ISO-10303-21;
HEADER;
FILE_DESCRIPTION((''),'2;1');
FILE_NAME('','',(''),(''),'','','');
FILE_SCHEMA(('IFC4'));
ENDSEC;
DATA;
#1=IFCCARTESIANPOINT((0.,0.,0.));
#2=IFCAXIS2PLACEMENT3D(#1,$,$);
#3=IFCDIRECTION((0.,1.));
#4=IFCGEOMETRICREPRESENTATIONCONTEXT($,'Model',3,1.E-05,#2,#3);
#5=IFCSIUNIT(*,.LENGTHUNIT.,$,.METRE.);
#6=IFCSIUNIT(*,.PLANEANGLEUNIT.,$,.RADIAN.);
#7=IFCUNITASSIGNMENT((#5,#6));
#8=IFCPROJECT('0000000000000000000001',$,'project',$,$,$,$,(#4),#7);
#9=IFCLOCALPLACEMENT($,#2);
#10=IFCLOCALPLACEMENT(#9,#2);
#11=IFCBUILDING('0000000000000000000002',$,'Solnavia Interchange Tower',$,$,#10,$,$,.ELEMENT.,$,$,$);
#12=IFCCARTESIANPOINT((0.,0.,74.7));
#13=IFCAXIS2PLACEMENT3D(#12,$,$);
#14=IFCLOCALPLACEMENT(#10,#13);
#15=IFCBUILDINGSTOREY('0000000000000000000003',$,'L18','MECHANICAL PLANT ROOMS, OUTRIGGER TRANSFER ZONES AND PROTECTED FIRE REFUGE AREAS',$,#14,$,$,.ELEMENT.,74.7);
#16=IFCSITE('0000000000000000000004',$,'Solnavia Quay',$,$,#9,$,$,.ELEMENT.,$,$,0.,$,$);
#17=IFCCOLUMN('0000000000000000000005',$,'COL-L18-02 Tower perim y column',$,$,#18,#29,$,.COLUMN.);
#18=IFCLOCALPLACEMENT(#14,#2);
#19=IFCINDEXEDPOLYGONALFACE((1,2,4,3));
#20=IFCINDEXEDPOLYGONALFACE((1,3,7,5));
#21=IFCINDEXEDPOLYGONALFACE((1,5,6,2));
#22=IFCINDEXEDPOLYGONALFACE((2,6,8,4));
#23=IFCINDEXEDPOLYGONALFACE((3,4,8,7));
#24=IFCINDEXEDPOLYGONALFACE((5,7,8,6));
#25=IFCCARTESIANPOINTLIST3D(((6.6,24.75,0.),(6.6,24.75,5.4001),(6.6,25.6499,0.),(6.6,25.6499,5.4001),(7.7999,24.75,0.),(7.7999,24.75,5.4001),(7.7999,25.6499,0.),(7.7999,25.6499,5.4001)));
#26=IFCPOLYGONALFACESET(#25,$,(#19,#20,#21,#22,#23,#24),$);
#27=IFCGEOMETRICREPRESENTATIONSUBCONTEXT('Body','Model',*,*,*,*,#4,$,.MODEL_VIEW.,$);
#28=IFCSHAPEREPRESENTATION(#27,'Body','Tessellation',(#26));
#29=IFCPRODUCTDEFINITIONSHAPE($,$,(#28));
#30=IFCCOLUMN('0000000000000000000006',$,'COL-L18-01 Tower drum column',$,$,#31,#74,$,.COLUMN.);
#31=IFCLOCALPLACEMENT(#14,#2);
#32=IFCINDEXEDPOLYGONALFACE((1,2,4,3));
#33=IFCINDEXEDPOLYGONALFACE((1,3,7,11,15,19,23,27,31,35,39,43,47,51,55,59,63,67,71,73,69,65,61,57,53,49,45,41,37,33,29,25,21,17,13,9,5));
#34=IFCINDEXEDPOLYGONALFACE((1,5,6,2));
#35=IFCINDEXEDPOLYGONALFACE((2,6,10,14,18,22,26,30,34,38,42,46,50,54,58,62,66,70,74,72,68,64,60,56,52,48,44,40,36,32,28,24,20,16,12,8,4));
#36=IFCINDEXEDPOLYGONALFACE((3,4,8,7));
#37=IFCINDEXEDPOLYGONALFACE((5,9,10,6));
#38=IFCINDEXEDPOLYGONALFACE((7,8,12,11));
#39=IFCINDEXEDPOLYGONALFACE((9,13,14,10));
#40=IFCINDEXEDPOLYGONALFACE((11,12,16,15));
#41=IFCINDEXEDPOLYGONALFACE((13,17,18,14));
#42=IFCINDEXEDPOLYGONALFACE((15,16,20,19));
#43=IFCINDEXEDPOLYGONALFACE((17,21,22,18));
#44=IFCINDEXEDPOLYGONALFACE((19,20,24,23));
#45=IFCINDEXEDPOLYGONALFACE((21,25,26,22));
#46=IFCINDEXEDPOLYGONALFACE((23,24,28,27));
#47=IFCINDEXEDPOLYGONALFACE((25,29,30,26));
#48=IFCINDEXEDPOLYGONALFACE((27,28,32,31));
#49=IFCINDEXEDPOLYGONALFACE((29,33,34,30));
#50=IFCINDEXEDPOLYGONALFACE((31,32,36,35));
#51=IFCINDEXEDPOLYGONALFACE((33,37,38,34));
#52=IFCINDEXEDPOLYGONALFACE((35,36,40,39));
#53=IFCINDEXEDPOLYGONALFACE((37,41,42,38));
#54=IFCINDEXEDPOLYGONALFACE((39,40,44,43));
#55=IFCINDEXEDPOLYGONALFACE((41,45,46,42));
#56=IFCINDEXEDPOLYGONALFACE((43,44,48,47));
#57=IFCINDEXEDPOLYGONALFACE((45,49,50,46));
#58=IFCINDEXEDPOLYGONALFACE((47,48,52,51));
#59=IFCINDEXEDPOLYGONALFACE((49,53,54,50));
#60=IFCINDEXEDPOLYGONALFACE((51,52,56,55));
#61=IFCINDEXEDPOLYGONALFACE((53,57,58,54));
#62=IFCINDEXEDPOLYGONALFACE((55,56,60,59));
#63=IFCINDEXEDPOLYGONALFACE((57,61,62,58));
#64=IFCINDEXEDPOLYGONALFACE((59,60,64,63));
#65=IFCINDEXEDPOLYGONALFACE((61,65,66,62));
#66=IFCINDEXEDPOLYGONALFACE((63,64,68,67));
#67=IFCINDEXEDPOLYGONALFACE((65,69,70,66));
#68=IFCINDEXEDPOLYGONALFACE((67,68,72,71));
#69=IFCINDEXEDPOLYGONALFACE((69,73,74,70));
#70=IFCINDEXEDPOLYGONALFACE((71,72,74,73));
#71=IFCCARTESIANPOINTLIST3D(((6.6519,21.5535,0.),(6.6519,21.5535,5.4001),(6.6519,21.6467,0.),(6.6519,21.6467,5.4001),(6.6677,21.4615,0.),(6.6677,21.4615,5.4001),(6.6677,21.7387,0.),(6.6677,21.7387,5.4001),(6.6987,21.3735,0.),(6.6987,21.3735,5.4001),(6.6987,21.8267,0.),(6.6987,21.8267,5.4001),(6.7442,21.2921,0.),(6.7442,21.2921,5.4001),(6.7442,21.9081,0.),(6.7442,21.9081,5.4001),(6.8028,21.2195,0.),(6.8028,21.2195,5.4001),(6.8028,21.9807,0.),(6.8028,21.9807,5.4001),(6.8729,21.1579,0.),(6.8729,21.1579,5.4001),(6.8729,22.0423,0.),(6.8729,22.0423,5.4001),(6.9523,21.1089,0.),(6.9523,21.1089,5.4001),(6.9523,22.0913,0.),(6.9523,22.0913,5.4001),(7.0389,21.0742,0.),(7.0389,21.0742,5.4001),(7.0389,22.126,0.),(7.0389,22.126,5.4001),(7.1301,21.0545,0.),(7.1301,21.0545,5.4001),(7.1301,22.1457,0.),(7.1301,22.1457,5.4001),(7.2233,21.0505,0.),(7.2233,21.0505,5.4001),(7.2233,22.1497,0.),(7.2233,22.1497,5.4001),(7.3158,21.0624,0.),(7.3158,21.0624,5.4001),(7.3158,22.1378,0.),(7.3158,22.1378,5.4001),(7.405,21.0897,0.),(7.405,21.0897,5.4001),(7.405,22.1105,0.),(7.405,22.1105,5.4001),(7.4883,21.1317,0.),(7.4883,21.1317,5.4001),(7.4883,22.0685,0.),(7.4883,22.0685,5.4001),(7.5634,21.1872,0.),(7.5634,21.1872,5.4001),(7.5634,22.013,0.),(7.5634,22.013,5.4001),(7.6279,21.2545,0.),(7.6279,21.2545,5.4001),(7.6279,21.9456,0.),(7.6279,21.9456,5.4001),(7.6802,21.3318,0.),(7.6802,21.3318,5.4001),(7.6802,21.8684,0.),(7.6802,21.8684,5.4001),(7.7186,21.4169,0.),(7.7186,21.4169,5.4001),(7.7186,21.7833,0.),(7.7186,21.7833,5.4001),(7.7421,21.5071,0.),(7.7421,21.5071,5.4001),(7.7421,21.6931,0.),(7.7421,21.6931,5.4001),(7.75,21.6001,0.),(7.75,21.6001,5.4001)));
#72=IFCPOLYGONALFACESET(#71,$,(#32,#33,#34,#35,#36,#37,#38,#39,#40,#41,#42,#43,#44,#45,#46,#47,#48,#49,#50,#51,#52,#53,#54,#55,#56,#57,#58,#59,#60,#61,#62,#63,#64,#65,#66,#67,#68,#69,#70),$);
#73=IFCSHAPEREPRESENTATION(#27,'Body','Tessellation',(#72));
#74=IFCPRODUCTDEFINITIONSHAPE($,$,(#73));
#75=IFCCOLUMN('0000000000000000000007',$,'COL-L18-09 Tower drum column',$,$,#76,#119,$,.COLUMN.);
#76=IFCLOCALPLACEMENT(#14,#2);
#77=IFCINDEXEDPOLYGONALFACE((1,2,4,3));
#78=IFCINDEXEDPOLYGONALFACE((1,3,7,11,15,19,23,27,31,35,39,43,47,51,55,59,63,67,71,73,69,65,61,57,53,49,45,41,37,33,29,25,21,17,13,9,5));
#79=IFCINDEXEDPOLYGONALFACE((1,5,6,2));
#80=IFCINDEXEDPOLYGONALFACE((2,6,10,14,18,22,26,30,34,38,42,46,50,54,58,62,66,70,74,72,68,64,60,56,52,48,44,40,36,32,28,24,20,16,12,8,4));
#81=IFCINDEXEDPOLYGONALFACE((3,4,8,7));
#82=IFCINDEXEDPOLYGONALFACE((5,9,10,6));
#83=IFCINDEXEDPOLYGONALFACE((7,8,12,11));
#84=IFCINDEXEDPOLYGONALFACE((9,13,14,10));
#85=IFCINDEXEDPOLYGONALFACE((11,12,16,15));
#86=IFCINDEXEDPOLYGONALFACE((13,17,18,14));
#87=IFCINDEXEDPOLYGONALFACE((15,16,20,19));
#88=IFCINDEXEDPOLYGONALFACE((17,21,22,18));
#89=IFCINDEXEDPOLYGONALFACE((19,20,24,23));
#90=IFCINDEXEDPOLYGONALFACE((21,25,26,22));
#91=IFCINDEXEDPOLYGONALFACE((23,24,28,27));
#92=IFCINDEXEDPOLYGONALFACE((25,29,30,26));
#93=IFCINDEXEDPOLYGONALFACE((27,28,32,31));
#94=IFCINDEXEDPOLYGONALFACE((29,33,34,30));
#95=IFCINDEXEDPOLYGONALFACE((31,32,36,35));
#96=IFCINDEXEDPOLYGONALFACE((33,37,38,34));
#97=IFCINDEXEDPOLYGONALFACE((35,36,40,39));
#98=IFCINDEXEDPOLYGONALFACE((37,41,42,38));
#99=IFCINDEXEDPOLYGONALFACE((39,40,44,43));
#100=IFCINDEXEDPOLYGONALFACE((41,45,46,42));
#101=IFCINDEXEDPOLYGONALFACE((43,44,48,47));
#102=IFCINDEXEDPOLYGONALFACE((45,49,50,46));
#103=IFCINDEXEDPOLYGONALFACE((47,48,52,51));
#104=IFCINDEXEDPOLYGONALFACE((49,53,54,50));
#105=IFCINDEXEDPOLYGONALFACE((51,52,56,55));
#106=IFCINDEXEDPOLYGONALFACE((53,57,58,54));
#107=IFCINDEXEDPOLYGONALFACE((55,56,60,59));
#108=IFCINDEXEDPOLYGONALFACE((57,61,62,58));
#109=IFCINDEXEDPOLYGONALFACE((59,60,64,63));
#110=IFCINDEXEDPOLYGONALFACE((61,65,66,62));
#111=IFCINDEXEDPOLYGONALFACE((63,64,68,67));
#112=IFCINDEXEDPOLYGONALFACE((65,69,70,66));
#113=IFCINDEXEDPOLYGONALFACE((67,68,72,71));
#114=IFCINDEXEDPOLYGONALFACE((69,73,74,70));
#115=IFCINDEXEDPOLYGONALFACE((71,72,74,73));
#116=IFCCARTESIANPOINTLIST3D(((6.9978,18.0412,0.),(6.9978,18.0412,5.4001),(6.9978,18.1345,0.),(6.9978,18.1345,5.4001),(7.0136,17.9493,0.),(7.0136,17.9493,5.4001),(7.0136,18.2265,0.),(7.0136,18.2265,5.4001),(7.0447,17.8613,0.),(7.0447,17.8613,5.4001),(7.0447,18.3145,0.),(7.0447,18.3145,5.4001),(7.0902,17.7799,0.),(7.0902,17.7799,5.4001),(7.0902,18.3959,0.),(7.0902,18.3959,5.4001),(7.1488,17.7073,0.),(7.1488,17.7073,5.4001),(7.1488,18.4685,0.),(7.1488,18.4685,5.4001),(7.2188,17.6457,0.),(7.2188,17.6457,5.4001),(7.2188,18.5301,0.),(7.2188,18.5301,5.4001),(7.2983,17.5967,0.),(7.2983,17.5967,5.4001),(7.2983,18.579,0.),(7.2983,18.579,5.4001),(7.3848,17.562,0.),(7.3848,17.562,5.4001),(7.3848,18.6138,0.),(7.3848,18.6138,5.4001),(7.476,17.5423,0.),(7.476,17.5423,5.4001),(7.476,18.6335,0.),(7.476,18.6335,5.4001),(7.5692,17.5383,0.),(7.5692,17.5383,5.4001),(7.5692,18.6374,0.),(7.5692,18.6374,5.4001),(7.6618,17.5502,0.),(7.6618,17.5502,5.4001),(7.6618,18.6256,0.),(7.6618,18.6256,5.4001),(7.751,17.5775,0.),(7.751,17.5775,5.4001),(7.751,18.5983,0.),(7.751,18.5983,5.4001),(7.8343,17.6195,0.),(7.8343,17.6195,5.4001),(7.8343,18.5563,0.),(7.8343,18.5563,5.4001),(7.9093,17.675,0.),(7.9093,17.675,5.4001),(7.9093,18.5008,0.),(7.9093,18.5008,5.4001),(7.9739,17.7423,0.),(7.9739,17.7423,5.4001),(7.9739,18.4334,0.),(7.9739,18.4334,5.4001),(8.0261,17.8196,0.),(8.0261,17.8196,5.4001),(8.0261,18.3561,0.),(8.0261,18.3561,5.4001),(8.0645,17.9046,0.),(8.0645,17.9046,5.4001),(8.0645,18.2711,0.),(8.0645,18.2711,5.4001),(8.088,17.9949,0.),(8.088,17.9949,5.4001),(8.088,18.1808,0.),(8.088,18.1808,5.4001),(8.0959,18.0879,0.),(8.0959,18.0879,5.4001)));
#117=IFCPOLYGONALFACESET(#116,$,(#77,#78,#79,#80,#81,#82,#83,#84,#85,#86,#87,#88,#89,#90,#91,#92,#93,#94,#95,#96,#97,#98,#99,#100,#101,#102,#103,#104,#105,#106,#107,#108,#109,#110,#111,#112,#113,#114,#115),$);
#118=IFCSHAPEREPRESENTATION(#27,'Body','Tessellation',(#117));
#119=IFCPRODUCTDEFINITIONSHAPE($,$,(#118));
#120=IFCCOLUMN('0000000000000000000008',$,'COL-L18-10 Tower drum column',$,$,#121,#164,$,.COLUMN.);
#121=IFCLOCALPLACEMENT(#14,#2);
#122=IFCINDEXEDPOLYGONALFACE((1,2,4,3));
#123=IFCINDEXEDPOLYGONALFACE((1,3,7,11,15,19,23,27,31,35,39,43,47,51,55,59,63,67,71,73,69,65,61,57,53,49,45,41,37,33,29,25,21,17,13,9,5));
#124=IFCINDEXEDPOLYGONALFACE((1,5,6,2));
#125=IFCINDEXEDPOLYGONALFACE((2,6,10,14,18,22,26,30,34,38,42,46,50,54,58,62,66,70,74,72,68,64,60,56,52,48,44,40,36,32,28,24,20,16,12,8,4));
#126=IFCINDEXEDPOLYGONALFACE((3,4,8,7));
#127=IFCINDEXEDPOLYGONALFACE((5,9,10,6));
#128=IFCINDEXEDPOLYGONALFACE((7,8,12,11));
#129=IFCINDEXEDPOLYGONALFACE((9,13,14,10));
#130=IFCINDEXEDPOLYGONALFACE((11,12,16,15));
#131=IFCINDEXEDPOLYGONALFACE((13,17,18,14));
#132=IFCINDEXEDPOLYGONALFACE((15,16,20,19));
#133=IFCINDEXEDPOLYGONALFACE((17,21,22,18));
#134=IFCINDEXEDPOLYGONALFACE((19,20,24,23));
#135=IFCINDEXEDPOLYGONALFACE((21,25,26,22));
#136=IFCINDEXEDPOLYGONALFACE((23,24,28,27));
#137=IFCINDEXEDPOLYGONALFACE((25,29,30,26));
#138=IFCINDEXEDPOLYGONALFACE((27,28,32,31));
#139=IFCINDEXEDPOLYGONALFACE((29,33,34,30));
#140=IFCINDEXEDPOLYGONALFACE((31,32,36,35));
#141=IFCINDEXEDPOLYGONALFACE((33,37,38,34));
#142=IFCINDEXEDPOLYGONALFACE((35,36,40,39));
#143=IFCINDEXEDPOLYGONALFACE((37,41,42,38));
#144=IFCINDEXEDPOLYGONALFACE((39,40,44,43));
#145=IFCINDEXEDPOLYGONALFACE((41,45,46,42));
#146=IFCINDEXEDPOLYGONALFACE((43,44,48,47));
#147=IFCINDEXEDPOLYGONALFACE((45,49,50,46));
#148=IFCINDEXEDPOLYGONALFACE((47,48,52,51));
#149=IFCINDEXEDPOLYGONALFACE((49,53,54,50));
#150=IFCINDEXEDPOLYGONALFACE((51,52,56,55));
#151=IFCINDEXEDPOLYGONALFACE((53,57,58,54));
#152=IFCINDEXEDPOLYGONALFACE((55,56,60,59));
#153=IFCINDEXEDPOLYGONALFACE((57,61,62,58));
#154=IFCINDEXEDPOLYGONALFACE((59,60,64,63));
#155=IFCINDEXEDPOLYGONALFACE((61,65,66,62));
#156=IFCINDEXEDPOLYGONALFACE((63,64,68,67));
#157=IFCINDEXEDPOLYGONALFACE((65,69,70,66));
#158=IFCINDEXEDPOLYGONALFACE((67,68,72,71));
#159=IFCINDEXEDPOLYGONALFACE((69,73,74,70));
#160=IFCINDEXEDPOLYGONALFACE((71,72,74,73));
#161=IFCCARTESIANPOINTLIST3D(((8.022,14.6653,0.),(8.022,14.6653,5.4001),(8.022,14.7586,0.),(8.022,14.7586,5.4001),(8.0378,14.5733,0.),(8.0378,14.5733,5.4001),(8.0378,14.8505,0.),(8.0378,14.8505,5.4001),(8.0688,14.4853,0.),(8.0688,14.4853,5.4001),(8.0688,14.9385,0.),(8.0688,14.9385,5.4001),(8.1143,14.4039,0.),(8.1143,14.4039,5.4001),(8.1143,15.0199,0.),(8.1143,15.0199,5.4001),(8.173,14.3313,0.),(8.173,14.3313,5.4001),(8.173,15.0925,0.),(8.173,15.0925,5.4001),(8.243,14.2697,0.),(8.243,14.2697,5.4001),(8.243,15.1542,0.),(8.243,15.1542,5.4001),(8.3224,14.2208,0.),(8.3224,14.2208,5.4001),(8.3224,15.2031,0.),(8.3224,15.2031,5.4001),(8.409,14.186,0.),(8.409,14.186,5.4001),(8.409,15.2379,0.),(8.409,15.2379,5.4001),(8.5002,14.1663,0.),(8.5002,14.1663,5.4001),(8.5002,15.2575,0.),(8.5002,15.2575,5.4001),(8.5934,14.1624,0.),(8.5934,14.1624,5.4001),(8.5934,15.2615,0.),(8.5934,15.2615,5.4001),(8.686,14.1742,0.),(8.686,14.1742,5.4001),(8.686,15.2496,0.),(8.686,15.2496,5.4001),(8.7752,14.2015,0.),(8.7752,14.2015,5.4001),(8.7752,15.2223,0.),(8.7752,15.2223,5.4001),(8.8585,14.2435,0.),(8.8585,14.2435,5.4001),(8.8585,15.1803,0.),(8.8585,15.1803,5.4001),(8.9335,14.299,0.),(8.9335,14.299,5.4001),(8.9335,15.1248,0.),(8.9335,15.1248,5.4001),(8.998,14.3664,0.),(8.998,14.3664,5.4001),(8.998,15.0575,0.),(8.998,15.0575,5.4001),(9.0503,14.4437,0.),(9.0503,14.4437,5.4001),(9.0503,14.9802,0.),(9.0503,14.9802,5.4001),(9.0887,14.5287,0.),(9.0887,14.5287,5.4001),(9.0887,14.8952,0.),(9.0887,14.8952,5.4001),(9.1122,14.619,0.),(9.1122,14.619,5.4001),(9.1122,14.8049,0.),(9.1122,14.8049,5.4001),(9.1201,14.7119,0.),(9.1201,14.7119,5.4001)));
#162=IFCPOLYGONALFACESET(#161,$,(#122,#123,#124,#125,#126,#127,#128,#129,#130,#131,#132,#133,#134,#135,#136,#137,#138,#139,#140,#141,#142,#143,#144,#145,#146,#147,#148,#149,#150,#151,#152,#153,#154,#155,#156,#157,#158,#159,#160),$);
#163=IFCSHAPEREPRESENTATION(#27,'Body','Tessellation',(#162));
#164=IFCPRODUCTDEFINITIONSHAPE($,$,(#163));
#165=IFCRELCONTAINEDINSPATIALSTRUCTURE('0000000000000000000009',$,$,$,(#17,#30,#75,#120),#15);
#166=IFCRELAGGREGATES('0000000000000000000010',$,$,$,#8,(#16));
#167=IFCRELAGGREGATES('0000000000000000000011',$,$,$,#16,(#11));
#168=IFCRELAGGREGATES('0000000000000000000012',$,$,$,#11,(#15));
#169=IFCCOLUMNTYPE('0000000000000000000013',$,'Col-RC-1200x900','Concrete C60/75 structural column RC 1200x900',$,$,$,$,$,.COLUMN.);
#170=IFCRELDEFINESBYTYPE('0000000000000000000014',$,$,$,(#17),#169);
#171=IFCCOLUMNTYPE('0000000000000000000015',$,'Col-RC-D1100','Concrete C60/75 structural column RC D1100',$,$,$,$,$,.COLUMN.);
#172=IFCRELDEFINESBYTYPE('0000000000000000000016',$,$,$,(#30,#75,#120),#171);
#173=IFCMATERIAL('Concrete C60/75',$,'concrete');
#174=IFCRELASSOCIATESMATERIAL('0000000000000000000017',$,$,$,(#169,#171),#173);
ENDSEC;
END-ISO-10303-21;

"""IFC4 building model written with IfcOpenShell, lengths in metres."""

from ifc_helpers import new_model, si_unit, direction, frame, origin, origin_2d, place, context, subcontext, project, spatial, rectangle, circle, extrude, material, material_profile, profile_set, type_object, element, save


model = new_model("IFC4")

# Units and contexts
model_context = context("Model", 3, precision=1e-05, world=origin(), true_north=direction((0.0, 1.0)))
body_context = subcontext(model_context, "Body", "Model", "MODEL_VIEW")
ifc_project = project(units=[si_unit("LENGTHUNIT", "METRE"), si_unit("PLANEANGLEUNIT", "RADIAN")], contexts=[model_context])

# Site, building, storey
site_placement = place(None, origin())
site = spatial("IfcSite", under=ifc_project, at=site_placement, Name="Solnavia Quay", CompositionType="ELEMENT", RefElevation=0.0)
building_placement = place(site_placement, origin())
building = spatial("IfcBuilding", under=site, at=building_placement, Name="Solnavia Interchange Tower", CompositionType="ELEMENT")
storey_placement = place(building_placement, frame((0.0, 0.0, 74.7)))
storey = spatial("IfcBuildingStorey", under=building, at=storey_placement, Name="L18", Description="MECHANICAL PLANT ROOMS, OUTRIGGER TRANSFER ZONES AND PROTECTED FIRE REFUGE AREAS", CompositionType="ELEMENT", Elevation=74.7)

# Columns
ifc_material_1 = material(Name="Concrete C60/75", Category="concrete")
ifc_material_profile_1 = material_profile(ifc_material_1, rectangle(XDim=0.8999, YDim=1.2, at=origin_2d()), Name="RC 1200x900")
ifc_profile_set_1 = profile_set([ifc_material_profile_1], Name="Concrete C60/75")
column_type_1 = type_object("IfcColumnType", Name="Col-RC-1200x900", Description="Concrete C60/75 structural column RC 1200x900", PredefinedType="COLUMN", material=ifc_profile_set_1)
column_1_placement = place(storey_placement, frame((7.2, 25.2, 0.0), z_axis=(0.0, 0.0, 1.0), x_axis=(0.0, 1.0, 0.0)))
element("IfcColumn", 1, at=column_1_placement, inside=storey, type_object=column_type_1, Name="COL-L18-02 Tower perim y column", PredefinedType="COLUMN", context=body_context, shape_type="SweptSolid", body=[
    extrude(rectangle(XDim=0.8999, YDim=1.2, at=origin_2d()), origin(), (0.0, 0.0, 1.0), 5.4001),
])
ifc_material_profile_2 = material_profile(ifc_material_1, circle(Radius=0.55, at=origin_2d()), Name="RC D1100")
ifc_profile_set_2 = profile_set([ifc_material_profile_2], Name="Concrete C60/75")
column_type_2 = type_object("IfcColumnType", Name="Col-RC-D1100", Description="Concrete C60/75 structural column RC D1100", PredefinedType="COLUMN", material=ifc_profile_set_2)
for number, where, z_axis, x_axis, name in (
    (2, (7.2, 21.6001, 0.0), (0.0, 0.0, 1.0), (1.0, 0.0, 0.0), "COL-L18-01 Tower drum column"),
    (3, (7.5459, 18.0879, 0.0), (0.0, 0.0, 1.0), (1.0, 0.0, 0.0), "COL-L18-09 Tower drum column"),
    (4, (8.5701, 14.7119, 0.0), (0.0, 0.0, 1.0), (1.0, 0.0, 0.0), "COL-L18-10 Tower drum column"),
):
    element("IfcColumn", number, at=place(storey_placement, frame(where, z_axis=z_axis, x_axis=x_axis)), inside=storey, type_object=column_type_2, Name=name, PredefinedType="COLUMN", context=body_context, shape_type="SweptSolid", body=[
        extrude(circle(Radius=0.55, at=origin_2d()), origin(), (0.0, 0.0, 1.0), 5.4001),
    ])

save(model, "model.ifc")
